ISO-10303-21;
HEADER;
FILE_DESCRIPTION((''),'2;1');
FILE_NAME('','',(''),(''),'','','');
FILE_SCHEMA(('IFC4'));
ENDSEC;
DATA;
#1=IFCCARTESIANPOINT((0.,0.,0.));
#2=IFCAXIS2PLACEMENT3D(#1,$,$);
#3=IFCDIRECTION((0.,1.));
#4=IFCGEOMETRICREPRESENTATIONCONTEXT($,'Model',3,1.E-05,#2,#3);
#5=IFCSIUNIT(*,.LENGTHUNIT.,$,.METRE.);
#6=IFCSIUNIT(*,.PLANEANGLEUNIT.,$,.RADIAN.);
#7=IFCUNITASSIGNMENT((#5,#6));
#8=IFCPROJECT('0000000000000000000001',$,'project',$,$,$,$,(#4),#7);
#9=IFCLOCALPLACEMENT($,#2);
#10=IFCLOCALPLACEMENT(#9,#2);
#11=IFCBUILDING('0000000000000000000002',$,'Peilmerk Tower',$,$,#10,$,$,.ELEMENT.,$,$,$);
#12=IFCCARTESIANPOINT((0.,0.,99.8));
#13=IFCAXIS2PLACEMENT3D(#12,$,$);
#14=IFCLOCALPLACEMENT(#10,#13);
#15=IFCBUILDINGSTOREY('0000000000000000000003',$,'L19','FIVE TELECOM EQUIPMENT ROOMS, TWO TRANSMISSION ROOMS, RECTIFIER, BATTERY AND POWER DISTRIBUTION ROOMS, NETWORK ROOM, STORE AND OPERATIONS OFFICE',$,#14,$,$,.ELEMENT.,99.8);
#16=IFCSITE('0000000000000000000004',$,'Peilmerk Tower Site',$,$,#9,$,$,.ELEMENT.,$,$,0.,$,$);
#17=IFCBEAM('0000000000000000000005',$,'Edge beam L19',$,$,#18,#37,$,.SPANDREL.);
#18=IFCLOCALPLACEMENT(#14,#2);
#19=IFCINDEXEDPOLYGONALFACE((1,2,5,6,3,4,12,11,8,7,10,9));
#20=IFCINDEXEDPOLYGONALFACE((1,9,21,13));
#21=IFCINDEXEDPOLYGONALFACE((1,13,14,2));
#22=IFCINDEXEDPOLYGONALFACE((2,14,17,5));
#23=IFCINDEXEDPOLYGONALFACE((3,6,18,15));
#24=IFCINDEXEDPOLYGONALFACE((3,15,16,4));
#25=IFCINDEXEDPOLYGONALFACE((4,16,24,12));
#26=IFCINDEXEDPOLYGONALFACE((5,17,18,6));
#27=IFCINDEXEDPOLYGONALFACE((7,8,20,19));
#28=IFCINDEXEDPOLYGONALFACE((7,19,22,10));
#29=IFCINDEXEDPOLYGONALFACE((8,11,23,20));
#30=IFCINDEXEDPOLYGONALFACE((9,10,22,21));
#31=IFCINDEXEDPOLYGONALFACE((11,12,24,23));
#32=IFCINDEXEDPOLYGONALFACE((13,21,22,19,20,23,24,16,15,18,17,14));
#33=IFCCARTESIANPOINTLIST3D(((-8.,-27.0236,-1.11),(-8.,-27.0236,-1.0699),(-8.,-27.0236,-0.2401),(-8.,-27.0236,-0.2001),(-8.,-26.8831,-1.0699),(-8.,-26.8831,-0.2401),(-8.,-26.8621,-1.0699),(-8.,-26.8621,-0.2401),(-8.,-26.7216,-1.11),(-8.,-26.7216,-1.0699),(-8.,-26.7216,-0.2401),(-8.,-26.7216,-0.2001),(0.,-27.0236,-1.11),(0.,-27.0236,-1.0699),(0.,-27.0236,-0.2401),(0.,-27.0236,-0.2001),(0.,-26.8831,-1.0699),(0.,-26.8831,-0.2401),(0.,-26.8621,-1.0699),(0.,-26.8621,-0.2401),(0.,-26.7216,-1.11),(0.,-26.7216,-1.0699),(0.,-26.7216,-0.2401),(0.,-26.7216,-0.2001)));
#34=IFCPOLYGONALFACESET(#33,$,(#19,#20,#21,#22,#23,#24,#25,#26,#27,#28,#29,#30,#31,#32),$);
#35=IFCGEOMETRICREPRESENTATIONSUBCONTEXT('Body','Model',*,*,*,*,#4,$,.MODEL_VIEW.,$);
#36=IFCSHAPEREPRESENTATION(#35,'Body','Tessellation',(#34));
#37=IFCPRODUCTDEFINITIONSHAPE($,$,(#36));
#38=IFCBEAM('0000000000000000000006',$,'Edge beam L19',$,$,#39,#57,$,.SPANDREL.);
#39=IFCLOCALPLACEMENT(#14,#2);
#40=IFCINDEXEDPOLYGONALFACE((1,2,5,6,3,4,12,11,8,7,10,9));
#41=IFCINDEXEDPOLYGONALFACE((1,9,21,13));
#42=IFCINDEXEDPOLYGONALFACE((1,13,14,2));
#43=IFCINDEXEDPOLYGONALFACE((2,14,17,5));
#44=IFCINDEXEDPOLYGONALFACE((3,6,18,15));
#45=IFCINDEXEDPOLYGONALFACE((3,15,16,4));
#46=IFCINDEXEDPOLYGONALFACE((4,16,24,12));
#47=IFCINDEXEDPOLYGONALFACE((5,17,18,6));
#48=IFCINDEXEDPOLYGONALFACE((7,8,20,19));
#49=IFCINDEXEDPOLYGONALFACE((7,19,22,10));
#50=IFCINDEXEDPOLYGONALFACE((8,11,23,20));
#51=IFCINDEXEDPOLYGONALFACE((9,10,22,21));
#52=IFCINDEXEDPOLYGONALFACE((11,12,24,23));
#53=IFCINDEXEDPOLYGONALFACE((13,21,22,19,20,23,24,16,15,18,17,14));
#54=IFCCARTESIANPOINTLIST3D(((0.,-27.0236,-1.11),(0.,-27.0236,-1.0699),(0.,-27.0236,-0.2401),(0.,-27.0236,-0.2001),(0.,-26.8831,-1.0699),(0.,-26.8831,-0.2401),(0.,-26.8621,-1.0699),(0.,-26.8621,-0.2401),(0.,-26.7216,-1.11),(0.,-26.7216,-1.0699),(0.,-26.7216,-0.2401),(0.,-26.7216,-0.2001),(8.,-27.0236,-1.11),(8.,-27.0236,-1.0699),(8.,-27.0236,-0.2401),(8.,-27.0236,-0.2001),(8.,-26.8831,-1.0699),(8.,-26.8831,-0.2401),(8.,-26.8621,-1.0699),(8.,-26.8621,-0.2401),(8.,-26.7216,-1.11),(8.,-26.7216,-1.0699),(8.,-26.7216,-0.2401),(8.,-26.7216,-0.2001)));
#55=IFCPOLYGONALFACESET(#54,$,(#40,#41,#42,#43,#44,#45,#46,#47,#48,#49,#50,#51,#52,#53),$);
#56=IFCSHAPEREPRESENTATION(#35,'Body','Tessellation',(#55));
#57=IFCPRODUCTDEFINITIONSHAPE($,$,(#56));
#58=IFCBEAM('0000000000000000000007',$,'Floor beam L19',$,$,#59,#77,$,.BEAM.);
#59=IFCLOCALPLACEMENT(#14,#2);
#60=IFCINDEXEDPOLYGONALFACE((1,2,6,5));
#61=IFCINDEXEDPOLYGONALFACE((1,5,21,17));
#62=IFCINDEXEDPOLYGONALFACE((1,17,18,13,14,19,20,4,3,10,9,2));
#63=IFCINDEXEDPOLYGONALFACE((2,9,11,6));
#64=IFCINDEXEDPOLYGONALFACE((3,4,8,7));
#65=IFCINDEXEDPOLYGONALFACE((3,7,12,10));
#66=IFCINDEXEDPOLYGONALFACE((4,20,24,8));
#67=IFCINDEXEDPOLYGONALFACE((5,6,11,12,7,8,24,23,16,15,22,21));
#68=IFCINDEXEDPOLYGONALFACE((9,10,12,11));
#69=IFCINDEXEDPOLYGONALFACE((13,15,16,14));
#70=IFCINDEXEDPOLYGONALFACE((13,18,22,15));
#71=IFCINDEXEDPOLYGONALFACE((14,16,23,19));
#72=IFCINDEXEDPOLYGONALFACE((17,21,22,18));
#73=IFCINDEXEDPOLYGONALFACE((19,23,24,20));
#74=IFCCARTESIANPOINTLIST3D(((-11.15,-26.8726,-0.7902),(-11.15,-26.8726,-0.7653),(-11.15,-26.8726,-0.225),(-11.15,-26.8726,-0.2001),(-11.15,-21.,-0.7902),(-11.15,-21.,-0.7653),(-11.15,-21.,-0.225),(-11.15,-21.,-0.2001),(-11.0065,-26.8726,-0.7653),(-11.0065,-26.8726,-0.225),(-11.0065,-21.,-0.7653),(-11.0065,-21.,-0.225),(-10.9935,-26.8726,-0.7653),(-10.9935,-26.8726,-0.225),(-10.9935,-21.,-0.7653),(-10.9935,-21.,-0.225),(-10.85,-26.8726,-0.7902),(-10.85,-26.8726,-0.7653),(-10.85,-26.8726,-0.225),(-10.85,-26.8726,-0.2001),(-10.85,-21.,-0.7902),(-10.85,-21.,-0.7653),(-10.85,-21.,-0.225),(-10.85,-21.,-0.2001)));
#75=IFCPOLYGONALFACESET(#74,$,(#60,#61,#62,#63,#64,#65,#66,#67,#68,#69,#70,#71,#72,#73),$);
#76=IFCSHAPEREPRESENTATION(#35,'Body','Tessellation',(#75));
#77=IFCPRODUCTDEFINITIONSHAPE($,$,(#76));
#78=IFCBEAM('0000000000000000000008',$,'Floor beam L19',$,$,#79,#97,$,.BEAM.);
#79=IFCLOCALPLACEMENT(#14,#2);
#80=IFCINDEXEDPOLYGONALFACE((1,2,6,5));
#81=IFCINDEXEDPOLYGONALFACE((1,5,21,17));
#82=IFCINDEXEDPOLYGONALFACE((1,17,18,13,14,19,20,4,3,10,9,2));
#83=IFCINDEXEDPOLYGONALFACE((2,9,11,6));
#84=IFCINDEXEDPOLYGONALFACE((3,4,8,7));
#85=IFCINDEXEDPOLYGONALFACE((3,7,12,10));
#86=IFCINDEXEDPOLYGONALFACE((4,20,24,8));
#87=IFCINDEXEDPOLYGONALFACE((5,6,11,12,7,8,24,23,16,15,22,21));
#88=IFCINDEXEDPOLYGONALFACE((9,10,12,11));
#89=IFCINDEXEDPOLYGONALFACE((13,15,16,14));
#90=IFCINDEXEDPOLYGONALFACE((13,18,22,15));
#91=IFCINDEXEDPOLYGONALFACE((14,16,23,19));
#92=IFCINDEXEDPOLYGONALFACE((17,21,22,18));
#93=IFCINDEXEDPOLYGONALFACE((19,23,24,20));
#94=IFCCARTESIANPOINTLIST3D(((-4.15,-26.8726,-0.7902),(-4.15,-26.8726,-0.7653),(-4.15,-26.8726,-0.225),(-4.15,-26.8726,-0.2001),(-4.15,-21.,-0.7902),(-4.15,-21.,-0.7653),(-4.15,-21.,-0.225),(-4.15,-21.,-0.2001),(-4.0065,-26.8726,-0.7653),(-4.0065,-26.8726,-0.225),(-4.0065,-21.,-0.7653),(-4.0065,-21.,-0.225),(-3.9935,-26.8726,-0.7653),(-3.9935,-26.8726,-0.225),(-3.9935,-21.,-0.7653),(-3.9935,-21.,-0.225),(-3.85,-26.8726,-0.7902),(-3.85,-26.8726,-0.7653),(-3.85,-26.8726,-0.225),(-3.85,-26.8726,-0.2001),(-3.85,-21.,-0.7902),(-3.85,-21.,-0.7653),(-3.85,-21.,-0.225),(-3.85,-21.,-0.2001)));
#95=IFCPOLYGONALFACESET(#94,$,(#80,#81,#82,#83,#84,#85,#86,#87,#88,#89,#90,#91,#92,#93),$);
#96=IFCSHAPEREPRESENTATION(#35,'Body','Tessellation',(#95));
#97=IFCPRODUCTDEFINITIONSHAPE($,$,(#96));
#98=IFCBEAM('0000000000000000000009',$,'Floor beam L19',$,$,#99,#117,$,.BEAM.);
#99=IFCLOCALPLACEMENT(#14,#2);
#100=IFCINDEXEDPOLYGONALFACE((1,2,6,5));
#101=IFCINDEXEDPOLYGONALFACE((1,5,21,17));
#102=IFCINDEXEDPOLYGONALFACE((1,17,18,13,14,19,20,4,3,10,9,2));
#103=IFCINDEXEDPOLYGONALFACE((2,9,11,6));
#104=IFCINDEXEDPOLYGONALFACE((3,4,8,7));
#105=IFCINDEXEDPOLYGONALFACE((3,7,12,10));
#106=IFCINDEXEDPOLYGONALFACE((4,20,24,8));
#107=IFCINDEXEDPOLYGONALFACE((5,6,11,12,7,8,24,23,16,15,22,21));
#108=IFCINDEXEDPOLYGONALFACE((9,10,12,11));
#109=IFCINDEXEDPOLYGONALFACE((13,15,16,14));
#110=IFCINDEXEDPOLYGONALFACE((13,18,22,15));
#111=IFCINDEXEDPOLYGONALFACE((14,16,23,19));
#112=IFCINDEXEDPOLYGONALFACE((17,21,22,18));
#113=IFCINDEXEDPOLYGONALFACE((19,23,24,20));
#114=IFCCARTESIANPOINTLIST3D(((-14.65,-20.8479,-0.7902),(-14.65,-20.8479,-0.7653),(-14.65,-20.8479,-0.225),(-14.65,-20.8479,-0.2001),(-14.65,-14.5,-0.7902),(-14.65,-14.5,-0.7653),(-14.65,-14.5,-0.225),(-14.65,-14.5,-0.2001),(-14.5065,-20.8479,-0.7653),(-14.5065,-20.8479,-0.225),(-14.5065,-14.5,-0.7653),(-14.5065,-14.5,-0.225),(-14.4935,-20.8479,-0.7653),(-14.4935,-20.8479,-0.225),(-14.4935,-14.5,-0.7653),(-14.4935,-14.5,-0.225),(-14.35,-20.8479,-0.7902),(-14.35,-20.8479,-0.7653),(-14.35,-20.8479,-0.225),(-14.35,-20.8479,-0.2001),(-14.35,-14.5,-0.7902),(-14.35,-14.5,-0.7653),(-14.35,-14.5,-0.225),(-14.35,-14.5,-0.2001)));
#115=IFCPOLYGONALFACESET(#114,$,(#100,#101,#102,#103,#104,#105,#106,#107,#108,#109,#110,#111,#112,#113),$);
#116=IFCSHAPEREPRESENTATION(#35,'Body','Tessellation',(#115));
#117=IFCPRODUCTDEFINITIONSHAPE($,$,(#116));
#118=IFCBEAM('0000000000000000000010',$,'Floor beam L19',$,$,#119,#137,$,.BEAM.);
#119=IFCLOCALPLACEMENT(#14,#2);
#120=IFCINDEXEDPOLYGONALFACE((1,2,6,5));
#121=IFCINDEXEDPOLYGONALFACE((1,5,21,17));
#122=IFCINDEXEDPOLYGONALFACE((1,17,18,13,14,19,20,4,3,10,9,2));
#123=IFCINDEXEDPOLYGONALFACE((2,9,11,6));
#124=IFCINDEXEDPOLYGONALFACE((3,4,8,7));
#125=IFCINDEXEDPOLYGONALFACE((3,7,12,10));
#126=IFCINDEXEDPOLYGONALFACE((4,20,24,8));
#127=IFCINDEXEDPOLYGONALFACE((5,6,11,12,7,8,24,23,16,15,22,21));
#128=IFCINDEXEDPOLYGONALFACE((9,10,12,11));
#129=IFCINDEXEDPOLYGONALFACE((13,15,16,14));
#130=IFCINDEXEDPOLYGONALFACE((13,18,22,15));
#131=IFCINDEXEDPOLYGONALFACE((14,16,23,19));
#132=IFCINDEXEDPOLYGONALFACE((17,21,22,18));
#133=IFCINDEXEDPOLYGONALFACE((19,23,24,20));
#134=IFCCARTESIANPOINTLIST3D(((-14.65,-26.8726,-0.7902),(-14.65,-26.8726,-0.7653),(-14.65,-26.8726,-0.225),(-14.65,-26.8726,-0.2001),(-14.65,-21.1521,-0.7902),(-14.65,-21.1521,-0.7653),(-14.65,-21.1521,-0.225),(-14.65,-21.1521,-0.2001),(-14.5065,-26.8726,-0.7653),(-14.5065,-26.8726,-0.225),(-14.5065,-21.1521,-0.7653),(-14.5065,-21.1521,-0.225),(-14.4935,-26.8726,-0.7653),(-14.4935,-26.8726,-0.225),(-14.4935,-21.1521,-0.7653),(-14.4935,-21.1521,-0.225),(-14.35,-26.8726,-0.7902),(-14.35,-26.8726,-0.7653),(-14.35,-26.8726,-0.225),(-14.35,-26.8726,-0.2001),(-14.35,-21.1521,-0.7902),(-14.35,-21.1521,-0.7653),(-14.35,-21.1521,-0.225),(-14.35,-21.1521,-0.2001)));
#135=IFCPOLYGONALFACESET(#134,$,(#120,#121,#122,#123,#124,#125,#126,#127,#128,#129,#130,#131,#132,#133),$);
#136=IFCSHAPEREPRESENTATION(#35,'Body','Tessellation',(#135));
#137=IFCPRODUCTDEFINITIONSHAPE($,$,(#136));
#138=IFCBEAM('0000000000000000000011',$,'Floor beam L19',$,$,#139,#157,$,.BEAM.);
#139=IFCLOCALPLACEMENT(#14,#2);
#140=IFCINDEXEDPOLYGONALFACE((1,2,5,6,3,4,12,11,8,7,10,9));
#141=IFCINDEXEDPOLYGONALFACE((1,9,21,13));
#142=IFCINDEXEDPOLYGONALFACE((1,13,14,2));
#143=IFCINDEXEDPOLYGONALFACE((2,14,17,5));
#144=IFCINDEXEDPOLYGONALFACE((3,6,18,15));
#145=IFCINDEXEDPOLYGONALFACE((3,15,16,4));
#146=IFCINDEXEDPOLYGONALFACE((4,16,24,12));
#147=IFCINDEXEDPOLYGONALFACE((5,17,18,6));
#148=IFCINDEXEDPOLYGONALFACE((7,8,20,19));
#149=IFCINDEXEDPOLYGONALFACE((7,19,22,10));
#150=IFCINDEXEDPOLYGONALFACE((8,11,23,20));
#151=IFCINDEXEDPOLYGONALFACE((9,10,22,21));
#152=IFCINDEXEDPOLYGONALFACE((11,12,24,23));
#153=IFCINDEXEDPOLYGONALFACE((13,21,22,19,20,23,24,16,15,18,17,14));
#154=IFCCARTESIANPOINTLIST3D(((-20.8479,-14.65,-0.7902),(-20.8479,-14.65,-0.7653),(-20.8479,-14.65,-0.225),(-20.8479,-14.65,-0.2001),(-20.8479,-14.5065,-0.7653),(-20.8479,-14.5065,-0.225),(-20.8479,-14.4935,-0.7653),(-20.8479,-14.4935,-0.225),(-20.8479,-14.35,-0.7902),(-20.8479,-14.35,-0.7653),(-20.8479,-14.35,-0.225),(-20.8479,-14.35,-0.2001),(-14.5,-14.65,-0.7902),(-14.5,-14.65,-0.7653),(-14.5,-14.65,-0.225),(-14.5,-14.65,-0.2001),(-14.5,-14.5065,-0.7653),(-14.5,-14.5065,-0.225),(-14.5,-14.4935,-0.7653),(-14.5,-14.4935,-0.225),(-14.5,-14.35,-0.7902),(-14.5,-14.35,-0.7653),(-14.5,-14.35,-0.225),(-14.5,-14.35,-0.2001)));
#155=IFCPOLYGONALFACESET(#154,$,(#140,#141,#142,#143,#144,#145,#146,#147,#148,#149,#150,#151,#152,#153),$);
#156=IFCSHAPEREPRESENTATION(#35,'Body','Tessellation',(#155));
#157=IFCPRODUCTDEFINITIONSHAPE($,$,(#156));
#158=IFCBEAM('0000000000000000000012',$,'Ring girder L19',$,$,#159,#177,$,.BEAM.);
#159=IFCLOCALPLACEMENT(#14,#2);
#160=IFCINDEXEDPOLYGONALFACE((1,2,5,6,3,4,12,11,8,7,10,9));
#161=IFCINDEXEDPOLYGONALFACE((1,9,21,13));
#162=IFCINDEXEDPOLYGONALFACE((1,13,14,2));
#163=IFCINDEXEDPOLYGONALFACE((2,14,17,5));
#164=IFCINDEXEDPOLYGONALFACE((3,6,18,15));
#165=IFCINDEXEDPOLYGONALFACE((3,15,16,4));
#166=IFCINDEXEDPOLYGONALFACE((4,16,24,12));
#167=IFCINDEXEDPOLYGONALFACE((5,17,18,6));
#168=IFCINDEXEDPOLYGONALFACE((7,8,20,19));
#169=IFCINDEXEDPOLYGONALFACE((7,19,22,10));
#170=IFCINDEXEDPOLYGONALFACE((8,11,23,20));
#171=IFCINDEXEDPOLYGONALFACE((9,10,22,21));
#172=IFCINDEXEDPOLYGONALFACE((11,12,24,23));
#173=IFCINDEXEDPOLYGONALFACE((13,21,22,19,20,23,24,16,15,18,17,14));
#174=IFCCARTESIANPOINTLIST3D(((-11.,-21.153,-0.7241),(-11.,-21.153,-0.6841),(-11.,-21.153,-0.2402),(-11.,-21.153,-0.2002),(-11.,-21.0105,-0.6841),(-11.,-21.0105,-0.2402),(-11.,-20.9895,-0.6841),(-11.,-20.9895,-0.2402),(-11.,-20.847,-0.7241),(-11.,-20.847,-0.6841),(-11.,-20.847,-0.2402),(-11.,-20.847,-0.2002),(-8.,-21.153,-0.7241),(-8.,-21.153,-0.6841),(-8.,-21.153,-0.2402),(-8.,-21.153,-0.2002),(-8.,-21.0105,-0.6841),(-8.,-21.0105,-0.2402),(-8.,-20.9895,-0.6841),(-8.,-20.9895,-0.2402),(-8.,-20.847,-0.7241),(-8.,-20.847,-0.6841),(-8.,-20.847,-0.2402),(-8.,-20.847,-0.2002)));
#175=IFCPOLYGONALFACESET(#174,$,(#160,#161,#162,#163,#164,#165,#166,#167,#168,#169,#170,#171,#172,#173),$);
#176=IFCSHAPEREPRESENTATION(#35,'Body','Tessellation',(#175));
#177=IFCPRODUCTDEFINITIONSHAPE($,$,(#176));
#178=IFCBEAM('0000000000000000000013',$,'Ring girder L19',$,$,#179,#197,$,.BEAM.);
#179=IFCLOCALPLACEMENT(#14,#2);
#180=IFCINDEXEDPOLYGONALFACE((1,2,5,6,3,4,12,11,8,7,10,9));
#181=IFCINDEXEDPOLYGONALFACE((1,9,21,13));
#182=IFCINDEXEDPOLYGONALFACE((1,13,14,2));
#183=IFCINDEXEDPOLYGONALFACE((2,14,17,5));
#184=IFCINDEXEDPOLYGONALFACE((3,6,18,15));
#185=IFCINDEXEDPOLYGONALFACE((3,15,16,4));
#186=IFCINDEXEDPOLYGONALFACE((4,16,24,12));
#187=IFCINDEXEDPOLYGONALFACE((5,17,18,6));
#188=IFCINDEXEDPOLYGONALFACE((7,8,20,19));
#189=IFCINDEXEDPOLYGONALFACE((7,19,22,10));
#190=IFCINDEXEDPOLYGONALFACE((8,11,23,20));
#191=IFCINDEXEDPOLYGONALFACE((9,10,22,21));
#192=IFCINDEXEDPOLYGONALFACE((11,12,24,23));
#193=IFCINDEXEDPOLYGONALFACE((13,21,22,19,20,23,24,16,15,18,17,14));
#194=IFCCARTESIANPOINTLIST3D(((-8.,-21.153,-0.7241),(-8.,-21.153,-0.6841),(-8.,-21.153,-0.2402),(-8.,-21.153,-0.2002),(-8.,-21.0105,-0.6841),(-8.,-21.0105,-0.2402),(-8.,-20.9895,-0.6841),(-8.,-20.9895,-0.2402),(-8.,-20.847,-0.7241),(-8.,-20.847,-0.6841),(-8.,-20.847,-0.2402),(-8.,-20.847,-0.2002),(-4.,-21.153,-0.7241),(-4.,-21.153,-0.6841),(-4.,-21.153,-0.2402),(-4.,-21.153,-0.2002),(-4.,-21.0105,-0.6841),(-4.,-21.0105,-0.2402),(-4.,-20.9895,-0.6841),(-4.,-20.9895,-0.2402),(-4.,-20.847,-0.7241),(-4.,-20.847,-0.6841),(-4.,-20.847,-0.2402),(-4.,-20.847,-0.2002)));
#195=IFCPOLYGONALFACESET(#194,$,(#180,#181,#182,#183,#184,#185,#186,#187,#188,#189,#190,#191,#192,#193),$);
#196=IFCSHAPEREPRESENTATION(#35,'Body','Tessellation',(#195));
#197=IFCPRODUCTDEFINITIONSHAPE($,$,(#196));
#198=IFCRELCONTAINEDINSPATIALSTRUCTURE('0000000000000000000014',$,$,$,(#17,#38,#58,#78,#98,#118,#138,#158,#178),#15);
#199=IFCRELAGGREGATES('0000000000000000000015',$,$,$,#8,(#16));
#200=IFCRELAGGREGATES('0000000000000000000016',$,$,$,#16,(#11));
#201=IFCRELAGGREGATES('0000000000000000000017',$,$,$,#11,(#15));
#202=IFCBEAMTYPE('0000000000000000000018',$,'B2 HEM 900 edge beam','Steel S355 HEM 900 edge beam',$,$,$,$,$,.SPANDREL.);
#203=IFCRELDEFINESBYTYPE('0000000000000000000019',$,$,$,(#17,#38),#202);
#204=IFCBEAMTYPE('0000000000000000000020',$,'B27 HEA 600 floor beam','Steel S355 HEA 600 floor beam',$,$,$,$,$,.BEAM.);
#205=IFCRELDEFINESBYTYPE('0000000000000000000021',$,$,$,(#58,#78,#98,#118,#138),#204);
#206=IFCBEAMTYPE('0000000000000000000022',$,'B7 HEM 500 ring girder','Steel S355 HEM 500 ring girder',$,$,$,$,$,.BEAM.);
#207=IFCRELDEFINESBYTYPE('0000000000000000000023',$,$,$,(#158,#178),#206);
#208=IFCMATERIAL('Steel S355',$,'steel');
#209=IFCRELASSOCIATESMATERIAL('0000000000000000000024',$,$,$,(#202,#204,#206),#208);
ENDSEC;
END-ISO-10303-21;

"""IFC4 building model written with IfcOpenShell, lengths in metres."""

from ifc_helpers import new_model, si_unit, direction, frame, origin, origin_2d, place, context, subcontext, project, spatial, i_section, extrude, material, material_profile, profile_set, type_object, element, save


model = new_model("IFC4")

# Units and contexts
model_context = context("Model", 3, precision=1e-05, world=origin(), true_north=direction((0.0, 1.0)))
body_context = subcontext(model_context, "Body", "Model", "MODEL_VIEW")
ifc_project = project(units=[si_unit("LENGTHUNIT", "METRE"), si_unit("PLANEANGLEUNIT", "RADIAN")], contexts=[model_context])

# Site, building, storey
site_placement = place(None, origin())
site = spatial("IfcSite", under=ifc_project, at=site_placement, Name="Peilmerk Tower Site", CompositionType="ELEMENT", RefElevation=0.0)
building_placement = place(site_placement, origin())
building = spatial("IfcBuilding", under=site, at=building_placement, Name="Peilmerk Tower", CompositionType="ELEMENT")
storey_placement = place(building_placement, frame((0.0, 0.0, 99.8)))
storey = spatial("IfcBuildingStorey", under=building, at=storey_placement, Name="L19", Description="FIVE TELECOM EQUIPMENT ROOMS, TWO TRANSMISSION ROOMS, RECTIFIER, BATTERY AND POWER DISTRIBUTION ROOMS, NETWORK ROOM, STORE AND OPERATIONS OFFICE", CompositionType="ELEMENT", Elevation=99.8)

# Beams
ifc_material_1 = material(Name="Steel S355", Category="steel")
ifc_material_profile_1 = material_profile(ifc_material_1, i_section(OverallWidth=0.302, OverallDepth=0.9099, WebThickness=0.021, FlangeThickness=0.04, at=origin_2d()), Name="HEM 900")
ifc_profile_set_1 = profile_set([ifc_material_profile_1], Name="Steel S355")
beam_type_1 = type_object("IfcBeamType", Name="B2 HEM 900 edge beam", Description="Steel S355 HEM 900 edge beam", PredefinedType="SPANDREL", material=ifc_profile_set_1)
for number, where, z_axis, x_axis, name in (
    (1, (-8.0, -26.8726, -0.655), (1.0, 0.0, 0.0), (0.0, 1.0, 0.0), "Edge beam L19"),
    (2, (0.0, -26.8726, -0.655), (1.0, 0.0, 0.0), (0.0, 1.0, 0.0), "Edge beam L19"),
):
    element("IfcBeam", number, at=place(storey_placement, frame(where, z_axis=z_axis, x_axis=x_axis)), inside=storey, type_object=beam_type_1, Name=name, PredefinedType="SPANDREL", context=body_context, shape_type="SweptSolid", body=[
        extrude(i_section(OverallWidth=0.302, OverallDepth=0.9099, WebThickness=0.021, FlangeThickness=0.04, at=origin_2d()), origin(), (0.0, 0.0, 1.0), 8.0),
    ])
ifc_material_profile_2 = material_profile(ifc_material_1, i_section(OverallWidth=0.3, OverallDepth=0.5901, WebThickness=0.0129, FlangeThickness=0.0249, at=origin_2d()), Name="HEA 600")
ifc_profile_set_2 = profile_set([ifc_material_profile_2], Name="Steel S355")
beam_type_2 = type_object("IfcBeamType", Name="B27 HEA 600 floor beam", Description="Steel S355 HEA 600 floor beam", PredefinedType="BEAM", material=ifc_profile_set_2)
for number, where, z_axis, x_axis, name in (
    (3, (-11.0, -21.0, -0.4951), (0.0, -1.0, 0.0), (1.0, 0.0, 0.0), "Floor beam L19"),
    (4, (-4.0, -21.0, -0.4951), (0.0, -1.0, 0.0), (1.0, 0.0, 0.0), "Floor beam L19"),
):
    element("IfcBeam", number, at=place(storey_placement, frame(where, z_axis=z_axis, x_axis=x_axis)), inside=storey, type_object=beam_type_2, Name=name, PredefinedType="BEAM", context=body_context, shape_type="SweptSolid", body=[
        extrude(i_section(OverallWidth=0.3, OverallDepth=0.5901, WebThickness=0.0129, FlangeThickness=0.0249, at=origin_2d()), origin(), (0.0, 0.0, 1.0), 5.8726),
    ])
beam_1_placement = place(storey_placement, frame((-14.5, -14.5, -0.4951), z_axis=(0.0, -1.0, 0.0), x_axis=(1.0, 0.0, 0.0)))
element("IfcBeam", 5, at=beam_1_placement, inside=storey, type_object=beam_type_2, Name="Floor beam L19", PredefinedType="BEAM", context=body_context, shape_type="SweptSolid", body=[
    extrude(i_section(OverallWidth=0.3, OverallDepth=0.5901, WebThickness=0.0129, FlangeThickness=0.0249, at=origin_2d()), origin(), (0.0, 0.0, 1.0), 6.3479),
])
beam_2_placement = place(storey_placement, frame((-14.5, -21.1521, -0.4951), z_axis=(0.0, -1.0, 0.0), x_axis=(1.0, 0.0, 0.0)))
element("IfcBeam", 6, at=beam_2_placement, inside=storey, type_object=beam_type_2, Name="Floor beam L19", PredefinedType="BEAM", context=body_context, shape_type="SweptSolid", body=[
    extrude(i_section(OverallWidth=0.3, OverallDepth=0.5901, WebThickness=0.0129, FlangeThickness=0.0249, at=origin_2d()), origin(), (0.0, 0.0, 1.0), 5.7205),
])
beam_3_placement = place(storey_placement, frame((-14.5, -14.5, -0.4951), z_axis=(-1.0, 0.0, 0.0), x_axis=(0.0, -1.0, 0.0)))
element("IfcBeam", 7, at=beam_3_placement, inside=storey, type_object=beam_type_2, Name="Floor beam L19", PredefinedType="BEAM", context=body_context, shape_type="SweptSolid", body=[
    extrude(i_section(OverallWidth=0.3, OverallDepth=0.5901, WebThickness=0.0129, FlangeThickness=0.0249, at=origin_2d()), origin(), (0.0, 0.0, 1.0), 6.3479),
])
ifc_material_profile_3 = material_profile(ifc_material_1, i_section(OverallWidth=0.3059, OverallDepth=0.5239, WebThickness=0.021, FlangeThickness=0.04, at=origin_2d()), Name="HEM 500")
ifc_profile_set_3 = profile_set([ifc_material_profile_3], Name="Steel S355")
beam_type_3 = type_object("IfcBeamType", Name="B7 HEM 500 ring girder", Description="Steel S355 HEM 500 ring girder", PredefinedType="BEAM", material=ifc_profile_set_3)
beam_4_placement = place(storey_placement, frame((-11.0, -21.0, -0.4622), z_axis=(1.0, 0.0, 0.0), x_axis=(0.0, 1.0, 0.0)))
element("IfcBeam", 8, at=beam_4_placement, inside=storey, type_object=beam_type_3, Name="Ring girder L19", PredefinedType="BEAM", context=body_context, shape_type="SweptSolid", body=[
    extrude(i_section(OverallWidth=0.3059, OverallDepth=0.5239, WebThickness=0.021, FlangeThickness=0.04, at=origin_2d()), origin(), (0.0, 0.0, 1.0), 3.0),
])
for number, where, z_axis, x_axis, name in (
    (9, (-8.0, -21.0, -0.4622), (1.0, 0.0, 0.0), (0.0, 1.0, 0.0), "Ring girder L19"),
):
    element("IfcBeam", number, at=place(storey_placement, frame(where, z_axis=z_axis, x_axis=x_axis)), inside=storey, type_object=beam_type_3, Name=name, PredefinedType="BEAM", context=body_context, shape_type="SweptSolid", body=[
        extrude(i_section(OverallWidth=0.3059, OverallDepth=0.5239, WebThickness=0.021, FlangeThickness=0.04, at=origin_2d()), origin(), (0.0, 0.0, 1.0), 4.0),
    ])

save(model, "model.ifc")
